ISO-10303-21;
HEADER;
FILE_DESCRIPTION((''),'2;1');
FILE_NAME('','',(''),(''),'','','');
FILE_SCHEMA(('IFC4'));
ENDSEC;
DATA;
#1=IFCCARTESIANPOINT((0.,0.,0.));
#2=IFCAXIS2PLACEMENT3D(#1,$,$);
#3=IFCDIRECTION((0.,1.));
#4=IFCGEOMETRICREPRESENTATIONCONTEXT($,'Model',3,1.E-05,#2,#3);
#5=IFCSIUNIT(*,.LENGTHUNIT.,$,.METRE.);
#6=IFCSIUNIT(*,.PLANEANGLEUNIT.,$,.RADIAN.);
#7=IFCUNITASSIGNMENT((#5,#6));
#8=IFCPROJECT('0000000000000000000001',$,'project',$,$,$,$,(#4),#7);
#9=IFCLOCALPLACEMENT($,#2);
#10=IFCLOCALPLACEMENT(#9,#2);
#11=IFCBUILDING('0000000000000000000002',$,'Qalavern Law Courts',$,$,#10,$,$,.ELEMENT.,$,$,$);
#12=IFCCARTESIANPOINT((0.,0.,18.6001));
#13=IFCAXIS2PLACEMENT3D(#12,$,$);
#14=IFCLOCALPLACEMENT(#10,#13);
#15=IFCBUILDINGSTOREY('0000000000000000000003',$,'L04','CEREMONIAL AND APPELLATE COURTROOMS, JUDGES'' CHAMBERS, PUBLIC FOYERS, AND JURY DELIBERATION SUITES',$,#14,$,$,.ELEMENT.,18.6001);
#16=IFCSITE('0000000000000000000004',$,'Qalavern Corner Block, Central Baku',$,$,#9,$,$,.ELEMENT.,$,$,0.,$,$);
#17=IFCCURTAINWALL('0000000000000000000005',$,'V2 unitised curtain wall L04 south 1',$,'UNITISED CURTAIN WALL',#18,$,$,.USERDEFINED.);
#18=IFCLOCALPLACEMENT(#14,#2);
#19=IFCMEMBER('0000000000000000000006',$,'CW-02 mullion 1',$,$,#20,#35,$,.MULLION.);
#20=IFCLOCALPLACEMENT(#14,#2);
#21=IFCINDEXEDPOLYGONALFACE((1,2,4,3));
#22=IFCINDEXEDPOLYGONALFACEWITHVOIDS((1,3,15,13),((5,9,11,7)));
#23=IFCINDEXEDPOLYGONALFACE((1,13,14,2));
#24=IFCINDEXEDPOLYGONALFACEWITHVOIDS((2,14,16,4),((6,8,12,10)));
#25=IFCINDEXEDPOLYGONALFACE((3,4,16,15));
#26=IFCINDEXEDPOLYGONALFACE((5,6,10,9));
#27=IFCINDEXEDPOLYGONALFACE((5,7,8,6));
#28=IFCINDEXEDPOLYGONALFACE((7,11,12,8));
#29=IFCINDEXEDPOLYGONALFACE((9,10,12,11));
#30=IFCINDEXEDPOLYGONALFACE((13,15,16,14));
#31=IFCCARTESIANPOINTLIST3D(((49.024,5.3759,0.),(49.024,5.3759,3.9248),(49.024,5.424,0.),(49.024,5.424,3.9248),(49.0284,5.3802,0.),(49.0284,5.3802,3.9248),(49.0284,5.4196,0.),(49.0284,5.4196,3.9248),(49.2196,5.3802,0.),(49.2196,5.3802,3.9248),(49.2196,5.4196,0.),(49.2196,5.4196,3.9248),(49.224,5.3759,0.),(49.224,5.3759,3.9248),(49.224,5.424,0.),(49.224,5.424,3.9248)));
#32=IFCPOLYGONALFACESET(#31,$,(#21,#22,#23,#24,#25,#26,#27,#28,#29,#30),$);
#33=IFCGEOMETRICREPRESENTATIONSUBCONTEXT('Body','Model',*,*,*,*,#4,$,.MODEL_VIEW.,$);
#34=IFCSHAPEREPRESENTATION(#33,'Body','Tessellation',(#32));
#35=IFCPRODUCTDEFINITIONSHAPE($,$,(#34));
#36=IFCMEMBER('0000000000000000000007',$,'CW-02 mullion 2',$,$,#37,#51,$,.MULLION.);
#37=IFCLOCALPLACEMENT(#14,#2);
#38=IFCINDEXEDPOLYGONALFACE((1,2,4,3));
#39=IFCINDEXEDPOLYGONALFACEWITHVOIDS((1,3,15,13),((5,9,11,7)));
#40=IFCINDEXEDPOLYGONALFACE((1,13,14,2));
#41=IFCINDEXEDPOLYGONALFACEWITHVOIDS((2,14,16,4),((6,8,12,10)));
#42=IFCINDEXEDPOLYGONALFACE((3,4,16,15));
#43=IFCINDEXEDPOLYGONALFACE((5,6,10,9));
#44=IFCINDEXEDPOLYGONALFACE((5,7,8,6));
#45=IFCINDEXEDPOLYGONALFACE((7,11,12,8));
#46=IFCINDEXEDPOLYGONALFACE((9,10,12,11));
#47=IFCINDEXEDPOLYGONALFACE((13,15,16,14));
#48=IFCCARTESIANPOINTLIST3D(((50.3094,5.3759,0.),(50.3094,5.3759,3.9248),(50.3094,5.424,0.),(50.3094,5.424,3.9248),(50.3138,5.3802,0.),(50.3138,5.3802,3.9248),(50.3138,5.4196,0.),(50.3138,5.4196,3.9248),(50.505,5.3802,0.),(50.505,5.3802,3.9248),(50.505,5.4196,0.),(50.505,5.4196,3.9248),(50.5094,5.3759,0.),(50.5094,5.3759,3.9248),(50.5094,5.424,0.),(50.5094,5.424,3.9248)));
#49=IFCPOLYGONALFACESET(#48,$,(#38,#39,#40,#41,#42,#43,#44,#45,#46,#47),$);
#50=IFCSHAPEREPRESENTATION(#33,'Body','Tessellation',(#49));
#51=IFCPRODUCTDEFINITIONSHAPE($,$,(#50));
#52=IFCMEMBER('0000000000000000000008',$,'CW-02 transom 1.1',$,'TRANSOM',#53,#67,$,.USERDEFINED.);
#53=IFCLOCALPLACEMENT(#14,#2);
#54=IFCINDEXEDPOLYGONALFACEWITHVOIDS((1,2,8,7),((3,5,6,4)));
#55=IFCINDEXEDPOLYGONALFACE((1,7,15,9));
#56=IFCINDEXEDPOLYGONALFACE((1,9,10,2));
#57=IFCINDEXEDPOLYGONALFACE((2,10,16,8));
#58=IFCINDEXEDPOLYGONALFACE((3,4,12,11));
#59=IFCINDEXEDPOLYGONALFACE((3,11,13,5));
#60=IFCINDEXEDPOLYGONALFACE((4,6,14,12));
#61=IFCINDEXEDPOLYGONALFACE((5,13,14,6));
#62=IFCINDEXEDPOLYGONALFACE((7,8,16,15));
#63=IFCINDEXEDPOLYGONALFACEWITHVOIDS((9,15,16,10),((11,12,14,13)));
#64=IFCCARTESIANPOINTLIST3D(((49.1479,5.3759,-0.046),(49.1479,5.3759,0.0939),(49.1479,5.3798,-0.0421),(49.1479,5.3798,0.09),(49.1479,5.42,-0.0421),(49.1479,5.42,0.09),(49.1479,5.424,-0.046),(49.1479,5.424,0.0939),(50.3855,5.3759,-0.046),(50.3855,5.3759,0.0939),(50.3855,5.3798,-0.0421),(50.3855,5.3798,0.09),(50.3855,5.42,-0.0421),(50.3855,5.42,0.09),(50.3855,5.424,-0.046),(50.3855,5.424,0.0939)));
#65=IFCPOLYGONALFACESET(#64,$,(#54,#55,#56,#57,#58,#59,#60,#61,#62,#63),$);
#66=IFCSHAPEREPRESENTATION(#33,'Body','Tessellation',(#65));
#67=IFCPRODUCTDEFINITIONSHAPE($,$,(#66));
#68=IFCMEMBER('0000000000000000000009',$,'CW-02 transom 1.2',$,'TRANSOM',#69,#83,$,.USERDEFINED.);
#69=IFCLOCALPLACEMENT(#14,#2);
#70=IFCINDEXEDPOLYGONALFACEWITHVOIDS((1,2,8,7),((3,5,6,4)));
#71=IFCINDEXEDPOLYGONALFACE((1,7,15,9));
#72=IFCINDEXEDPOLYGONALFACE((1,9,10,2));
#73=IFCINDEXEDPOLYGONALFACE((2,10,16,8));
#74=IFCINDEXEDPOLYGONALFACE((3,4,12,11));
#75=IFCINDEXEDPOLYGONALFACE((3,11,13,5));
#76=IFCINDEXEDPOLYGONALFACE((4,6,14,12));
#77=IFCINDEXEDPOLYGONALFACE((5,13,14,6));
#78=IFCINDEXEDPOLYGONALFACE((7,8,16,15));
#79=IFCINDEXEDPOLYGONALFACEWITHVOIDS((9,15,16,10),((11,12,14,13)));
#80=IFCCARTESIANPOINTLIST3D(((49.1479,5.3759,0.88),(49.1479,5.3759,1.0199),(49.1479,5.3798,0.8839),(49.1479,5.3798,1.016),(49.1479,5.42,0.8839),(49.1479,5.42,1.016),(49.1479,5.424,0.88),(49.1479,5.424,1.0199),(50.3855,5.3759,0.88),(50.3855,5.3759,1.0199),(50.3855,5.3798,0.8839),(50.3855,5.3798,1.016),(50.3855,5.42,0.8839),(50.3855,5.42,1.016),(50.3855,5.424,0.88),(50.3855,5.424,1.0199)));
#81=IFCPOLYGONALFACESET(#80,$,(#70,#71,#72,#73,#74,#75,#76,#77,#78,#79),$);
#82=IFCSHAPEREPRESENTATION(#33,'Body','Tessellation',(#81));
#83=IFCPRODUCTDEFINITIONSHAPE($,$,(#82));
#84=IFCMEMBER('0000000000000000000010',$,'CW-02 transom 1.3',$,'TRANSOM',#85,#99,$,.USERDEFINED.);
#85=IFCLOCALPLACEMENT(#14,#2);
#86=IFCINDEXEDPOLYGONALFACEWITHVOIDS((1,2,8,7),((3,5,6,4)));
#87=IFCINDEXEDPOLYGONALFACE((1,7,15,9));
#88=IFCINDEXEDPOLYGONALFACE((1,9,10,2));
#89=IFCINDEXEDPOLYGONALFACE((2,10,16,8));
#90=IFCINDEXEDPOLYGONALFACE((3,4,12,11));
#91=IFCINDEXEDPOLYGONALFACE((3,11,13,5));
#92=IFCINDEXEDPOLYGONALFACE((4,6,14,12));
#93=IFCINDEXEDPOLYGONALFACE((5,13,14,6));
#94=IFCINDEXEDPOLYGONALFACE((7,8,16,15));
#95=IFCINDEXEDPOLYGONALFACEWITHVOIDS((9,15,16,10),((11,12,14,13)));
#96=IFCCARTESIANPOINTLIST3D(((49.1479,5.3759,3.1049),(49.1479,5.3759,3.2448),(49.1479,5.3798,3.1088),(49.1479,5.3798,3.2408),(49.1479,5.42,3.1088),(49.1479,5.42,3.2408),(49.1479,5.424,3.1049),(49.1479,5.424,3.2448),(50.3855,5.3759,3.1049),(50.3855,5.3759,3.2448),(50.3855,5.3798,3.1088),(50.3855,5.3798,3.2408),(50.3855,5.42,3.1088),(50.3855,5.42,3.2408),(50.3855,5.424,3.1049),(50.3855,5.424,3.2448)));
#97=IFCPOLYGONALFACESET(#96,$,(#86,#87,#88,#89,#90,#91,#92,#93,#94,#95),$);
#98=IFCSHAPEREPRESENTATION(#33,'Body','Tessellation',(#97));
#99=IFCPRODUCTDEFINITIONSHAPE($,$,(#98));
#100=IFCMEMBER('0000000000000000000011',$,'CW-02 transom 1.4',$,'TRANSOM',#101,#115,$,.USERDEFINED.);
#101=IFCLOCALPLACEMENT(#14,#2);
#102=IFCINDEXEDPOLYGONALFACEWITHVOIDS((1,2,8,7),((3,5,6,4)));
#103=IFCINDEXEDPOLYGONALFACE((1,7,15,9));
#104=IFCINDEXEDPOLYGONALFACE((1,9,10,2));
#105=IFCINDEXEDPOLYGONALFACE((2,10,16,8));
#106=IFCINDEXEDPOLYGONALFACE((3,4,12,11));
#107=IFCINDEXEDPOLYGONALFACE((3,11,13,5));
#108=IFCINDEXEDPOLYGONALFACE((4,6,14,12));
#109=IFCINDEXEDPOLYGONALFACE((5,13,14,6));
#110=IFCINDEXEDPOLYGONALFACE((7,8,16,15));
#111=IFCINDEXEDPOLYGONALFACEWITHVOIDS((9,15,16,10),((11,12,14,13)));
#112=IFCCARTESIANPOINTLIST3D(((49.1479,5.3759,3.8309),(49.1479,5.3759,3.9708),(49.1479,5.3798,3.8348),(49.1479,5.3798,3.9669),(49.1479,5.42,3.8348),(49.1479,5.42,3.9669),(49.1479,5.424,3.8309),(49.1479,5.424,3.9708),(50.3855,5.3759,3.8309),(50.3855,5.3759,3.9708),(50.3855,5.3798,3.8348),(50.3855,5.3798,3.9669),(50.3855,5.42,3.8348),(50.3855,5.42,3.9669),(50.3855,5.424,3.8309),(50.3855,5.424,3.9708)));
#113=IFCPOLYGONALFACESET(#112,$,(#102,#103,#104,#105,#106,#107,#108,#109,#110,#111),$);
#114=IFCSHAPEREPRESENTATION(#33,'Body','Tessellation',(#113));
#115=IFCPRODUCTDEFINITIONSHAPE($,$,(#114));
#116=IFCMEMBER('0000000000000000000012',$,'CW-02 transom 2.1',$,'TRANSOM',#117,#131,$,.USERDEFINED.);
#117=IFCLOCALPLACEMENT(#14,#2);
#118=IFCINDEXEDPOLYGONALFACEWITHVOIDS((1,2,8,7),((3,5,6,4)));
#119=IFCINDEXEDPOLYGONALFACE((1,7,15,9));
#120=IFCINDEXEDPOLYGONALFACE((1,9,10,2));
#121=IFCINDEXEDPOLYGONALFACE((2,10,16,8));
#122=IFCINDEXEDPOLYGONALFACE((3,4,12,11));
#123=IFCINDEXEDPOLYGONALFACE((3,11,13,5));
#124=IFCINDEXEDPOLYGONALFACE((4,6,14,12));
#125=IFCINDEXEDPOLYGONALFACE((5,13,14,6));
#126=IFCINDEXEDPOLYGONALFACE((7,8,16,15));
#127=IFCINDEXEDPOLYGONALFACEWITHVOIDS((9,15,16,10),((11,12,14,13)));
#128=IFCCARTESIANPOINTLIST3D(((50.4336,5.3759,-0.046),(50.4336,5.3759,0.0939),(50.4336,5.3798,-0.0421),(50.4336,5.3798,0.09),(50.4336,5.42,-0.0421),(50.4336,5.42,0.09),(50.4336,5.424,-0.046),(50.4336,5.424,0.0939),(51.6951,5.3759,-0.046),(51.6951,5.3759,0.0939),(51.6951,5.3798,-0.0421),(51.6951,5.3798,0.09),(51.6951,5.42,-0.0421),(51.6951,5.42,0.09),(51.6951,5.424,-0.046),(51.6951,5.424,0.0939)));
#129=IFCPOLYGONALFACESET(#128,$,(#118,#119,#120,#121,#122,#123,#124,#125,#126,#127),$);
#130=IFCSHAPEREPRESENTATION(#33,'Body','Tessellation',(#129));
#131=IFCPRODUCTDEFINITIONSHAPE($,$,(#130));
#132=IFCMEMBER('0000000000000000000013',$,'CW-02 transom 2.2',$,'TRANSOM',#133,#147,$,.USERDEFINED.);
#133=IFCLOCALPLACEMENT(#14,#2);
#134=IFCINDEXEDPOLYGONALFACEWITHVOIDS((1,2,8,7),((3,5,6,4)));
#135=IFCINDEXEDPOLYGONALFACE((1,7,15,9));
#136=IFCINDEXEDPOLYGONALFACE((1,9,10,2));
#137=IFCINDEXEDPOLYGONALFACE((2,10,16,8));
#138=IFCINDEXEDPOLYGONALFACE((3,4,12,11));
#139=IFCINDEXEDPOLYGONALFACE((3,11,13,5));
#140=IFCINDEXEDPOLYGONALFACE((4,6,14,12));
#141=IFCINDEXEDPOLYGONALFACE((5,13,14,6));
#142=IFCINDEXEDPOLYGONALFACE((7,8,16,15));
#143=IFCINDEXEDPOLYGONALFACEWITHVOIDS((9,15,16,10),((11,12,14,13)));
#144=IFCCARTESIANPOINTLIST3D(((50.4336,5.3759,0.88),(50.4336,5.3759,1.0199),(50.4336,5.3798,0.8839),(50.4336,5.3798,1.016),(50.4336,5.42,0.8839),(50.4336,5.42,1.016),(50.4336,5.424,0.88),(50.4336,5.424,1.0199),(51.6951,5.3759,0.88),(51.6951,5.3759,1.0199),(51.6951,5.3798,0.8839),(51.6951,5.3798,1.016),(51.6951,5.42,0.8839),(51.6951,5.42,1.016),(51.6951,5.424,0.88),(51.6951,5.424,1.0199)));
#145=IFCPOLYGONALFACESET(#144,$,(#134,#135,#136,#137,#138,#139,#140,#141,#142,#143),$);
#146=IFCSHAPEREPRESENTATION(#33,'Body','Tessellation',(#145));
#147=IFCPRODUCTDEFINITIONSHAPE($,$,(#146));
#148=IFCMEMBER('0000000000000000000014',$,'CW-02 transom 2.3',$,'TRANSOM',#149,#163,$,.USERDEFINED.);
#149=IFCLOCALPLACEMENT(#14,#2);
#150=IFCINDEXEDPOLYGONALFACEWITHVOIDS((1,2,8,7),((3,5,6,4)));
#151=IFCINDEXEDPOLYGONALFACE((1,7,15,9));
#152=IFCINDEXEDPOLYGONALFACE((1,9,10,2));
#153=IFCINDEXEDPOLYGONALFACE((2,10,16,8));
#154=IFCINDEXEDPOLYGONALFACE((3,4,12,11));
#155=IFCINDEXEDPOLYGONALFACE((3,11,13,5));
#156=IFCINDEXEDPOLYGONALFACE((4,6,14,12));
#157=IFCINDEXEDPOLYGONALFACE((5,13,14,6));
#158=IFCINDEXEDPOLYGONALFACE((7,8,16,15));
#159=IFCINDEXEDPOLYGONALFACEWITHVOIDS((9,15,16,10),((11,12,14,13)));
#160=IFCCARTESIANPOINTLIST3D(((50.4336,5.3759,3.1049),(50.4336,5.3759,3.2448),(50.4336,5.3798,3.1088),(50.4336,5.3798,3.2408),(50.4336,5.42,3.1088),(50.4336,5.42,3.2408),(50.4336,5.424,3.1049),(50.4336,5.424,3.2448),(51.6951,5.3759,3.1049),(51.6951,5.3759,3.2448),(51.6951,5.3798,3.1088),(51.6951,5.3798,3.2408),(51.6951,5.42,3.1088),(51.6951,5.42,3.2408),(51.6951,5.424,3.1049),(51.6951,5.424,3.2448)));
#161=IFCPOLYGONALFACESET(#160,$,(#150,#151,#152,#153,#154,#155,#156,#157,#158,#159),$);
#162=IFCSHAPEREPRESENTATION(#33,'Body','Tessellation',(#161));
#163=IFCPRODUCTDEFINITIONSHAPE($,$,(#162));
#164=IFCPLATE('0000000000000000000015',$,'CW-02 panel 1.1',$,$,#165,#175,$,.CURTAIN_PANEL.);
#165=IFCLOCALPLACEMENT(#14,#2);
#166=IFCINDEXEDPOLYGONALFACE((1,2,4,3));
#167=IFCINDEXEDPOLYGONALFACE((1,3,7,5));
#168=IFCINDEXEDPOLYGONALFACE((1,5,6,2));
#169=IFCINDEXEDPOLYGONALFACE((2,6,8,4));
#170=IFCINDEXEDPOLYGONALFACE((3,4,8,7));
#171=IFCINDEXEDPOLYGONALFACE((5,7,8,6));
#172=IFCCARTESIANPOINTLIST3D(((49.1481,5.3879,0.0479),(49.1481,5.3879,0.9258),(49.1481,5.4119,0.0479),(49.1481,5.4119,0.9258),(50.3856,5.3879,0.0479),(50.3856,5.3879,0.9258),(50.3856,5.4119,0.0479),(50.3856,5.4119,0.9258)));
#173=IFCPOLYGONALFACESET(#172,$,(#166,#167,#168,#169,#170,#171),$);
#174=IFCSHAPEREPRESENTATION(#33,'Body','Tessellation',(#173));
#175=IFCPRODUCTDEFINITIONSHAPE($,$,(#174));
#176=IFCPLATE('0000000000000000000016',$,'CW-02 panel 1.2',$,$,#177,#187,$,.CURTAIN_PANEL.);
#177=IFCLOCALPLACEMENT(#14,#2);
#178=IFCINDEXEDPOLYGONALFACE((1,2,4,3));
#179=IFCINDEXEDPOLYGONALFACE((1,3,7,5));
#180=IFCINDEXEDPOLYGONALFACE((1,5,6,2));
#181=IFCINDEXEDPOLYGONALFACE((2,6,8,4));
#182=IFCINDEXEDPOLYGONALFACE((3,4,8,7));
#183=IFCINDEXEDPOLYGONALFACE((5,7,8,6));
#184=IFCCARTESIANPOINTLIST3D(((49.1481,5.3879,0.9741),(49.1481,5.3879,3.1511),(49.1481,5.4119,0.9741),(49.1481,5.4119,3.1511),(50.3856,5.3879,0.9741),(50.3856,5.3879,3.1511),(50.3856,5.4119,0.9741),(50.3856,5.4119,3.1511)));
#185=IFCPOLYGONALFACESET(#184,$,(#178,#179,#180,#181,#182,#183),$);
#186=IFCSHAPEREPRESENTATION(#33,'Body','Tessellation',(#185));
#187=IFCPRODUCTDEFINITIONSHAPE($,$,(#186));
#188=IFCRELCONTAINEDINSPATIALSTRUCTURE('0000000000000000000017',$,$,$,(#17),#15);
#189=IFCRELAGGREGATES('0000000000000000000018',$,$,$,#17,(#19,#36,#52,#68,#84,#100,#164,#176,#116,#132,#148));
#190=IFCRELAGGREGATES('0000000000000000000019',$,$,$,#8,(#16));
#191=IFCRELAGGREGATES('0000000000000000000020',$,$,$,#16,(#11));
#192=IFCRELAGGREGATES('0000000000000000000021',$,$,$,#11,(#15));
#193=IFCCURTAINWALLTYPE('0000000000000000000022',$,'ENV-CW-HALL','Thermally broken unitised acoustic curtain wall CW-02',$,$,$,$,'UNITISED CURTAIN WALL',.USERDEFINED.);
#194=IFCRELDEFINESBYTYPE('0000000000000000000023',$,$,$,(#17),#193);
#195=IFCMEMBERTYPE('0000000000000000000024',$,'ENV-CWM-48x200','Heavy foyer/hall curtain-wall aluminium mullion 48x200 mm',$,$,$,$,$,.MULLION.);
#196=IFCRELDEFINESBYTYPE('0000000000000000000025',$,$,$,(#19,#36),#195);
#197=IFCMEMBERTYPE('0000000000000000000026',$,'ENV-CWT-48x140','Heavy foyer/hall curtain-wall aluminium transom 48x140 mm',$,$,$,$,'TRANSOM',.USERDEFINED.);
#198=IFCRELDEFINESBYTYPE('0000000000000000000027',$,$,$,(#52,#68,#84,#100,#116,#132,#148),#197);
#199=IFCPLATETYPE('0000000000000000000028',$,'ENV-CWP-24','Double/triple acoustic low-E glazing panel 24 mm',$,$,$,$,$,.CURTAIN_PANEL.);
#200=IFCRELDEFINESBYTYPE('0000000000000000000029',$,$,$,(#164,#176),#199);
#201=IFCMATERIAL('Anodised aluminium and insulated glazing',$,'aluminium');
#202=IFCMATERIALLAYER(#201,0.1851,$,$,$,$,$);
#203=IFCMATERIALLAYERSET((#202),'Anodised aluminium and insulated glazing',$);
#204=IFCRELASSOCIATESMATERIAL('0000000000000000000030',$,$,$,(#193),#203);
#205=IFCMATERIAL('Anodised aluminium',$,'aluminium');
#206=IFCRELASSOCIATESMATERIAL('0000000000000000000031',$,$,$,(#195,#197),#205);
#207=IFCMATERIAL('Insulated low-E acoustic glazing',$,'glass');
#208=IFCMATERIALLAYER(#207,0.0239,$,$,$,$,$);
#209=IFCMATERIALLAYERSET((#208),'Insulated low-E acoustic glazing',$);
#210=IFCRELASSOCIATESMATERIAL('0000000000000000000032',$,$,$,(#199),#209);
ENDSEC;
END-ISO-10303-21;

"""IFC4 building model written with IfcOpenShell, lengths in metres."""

from ifc_helpers import new_model, si_unit, direction, frame, origin, origin_2d, place, context, subcontext, project, spatial, rectangle, hollow_rectangle, extrude, material, layer, layer_set, material_profile, profile_set, type_object, element, aggregate, save


model = new_model("IFC4")

# Units and contexts
model_context = context("Model", 3, precision=1e-05, world=origin(), true_north=direction((0.0, 1.0)))
body_context = subcontext(model_context, "Body", "Model", "MODEL_VIEW")
ifc_project = project(units=[si_unit("LENGTHUNIT", "METRE"), si_unit("PLANEANGLEUNIT", "RADIAN")], contexts=[model_context])

# Site, building, storey
site_placement = place(None, origin())
site = spatial("IfcSite", under=ifc_project, at=site_placement, Name="Qalavern Corner Block, Central Baku", CompositionType="ELEMENT", RefElevation=0.0)
building_placement = place(site_placement, origin())
building = spatial("IfcBuilding", under=site, at=building_placement, Name="Qalavern Law Courts", CompositionType="ELEMENT")
storey_placement = place(building_placement, frame((0.0, 0.0, 18.6001)))
storey = spatial("IfcBuildingStorey", under=building, at=storey_placement, Name="L04", Description="CEREMONIAL AND APPELLATE COURTROOMS, JUDGES' CHAMBERS, PUBLIC FOYERS, AND JURY DELIBERATION SUITES", CompositionType="ELEMENT", Elevation=18.6001)

# Curtain wall, members, plates
ifc_material_1 = material(Name="Anodised aluminium and insulated glazing", Category="aluminium")
ifc_layer_1 = layer(ifc_material_1, 0.1851)
ifc_layer_set_1 = layer_set([ifc_layer_1], Name="Anodised aluminium and insulated glazing")
curtain_wall_type = type_object("IfcCurtainWallType", Name="ENV-CW-HALL", Description="Thermally broken unitised acoustic curtain wall CW-02", ElementType="UNITISED CURTAIN WALL", PredefinedType="USERDEFINED", material=ifc_layer_set_1)
curtain_wall_placement = place(storey_placement, origin())
curtain_wall = element("IfcCurtainWall", 1, at=curtain_wall_placement, inside=storey, type_object=curtain_wall_type, Name="V2 unitised curtain wall L04 south 1", ObjectType="UNITISED CURTAIN WALL", PredefinedType="USERDEFINED")
ifc_material_2 = material(Name="Anodised aluminium", Category="aluminium")
ifc_material_profile_1 = material_profile(ifc_material_2, hollow_rectangle(XDim=0.0481, YDim=0.2, WallThickness=0.0044, at=origin_2d()), Name="ALU MULLION 48x200")
ifc_profile_set_1 = profile_set([ifc_material_profile_1], Name="Anodised aluminium")
member_type_1 = type_object("IfcMemberType", Name="ENV-CWM-48x200", Description="Heavy foyer/hall curtain-wall aluminium mullion 48x200 mm", PredefinedType="MULLION", material=ifc_profile_set_1)
member_1_placement = place(storey_placement, frame((49.124, 5.3999, 0.0), z_axis=(0.0, 0.0, 1.0), x_axis=(0.0, 1.0, 0.0)))
member_1 = element("IfcMember", 2, at=member_1_placement, type_object=member_type_1, Name="CW-02 mullion 1", PredefinedType="MULLION", context=body_context, shape_type="SweptSolid", body=[
    extrude(hollow_rectangle(XDim=0.0481, YDim=0.2, WallThickness=0.0044, at=origin_2d()), origin(), (0.0, 0.0, 1.0), 3.9248),
])
member_2_placement = place(storey_placement, frame((50.4094, 5.3999, 0.0), z_axis=(0.0, 0.0, 1.0), x_axis=(0.0, 1.0, 0.0)))
member_2 = element("IfcMember", 3, at=member_2_placement, type_object=member_type_1, Name="CW-02 mullion 2", PredefinedType="MULLION", context=body_context, shape_type="SweptSolid", body=[
    extrude(hollow_rectangle(XDim=0.0481, YDim=0.2, WallThickness=0.0044, at=origin_2d()), origin(), (0.0, 0.0, 1.0), 3.9248),
])
ifc_material_profile_2 = material_profile(ifc_material_2, hollow_rectangle(XDim=0.0481, YDim=0.1399, WallThickness=0.0039, at=origin_2d()), Name="ALU TRANSOM 48x140")
ifc_profile_set_2 = profile_set([ifc_material_profile_2], Name="Anodised aluminium")
member_type_2 = type_object("IfcMemberType", Name="ENV-CWT-48x140", Description="Heavy foyer/hall curtain-wall aluminium transom 48x140 mm", ElementType="TRANSOM", PredefinedType="USERDEFINED", material=ifc_profile_set_2)
member_3_placement = place(storey_placement, frame((49.1479, 5.3999, 0.0239), z_axis=(1.0, 0.0, 0.0), x_axis=(0.0, 1.0, 0.0)))
member_3 = element("IfcMember", 4, at=member_3_placement, type_object=member_type_2, Name="CW-02 transom 1.1", ObjectType="TRANSOM", PredefinedType="USERDEFINED", context=body_context, shape_type="SweptSolid", body=[
    extrude(hollow_rectangle(XDim=0.0481, YDim=0.1399, WallThickness=0.0039, at=origin_2d()), origin(), (0.0, 0.0, 1.0), 1.2375),
])
member_4_placement = place(storey_placement, frame((49.1479, 5.3999, 0.95), z_axis=(1.0, 0.0, 0.0), x_axis=(0.0, 1.0, 0.0)))
member_4 = element("IfcMember", 5, at=member_4_placement, type_object=member_type_2, Name="CW-02 transom 1.2", ObjectType="TRANSOM", PredefinedType="USERDEFINED", context=body_context, shape_type="SweptSolid", body=[
    extrude(hollow_rectangle(XDim=0.0481, YDim=0.1399, WallThickness=0.0039, at=origin_2d()), origin(), (0.0, 0.0, 1.0), 1.2375),
])
member_5_placement = place(storey_placement, frame((49.1479, 5.3999, 3.1748), z_axis=(1.0, 0.0, 0.0), x_axis=(0.0, 1.0, 0.0)))
member_5 = element("IfcMember", 6, at=member_5_placement, type_object=member_type_2, Name="CW-02 transom 1.3", ObjectType="TRANSOM", PredefinedType="USERDEFINED", context=body_context, shape_type="SweptSolid", body=[
    extrude(hollow_rectangle(XDim=0.0481, YDim=0.1399, WallThickness=0.0039, at=origin_2d()), origin(), (0.0, 0.0, 1.0), 1.2375),
])
member_6_placement = place(storey_placement, frame((49.1479, 5.3999, 3.9009), z_axis=(1.0, 0.0, 0.0), x_axis=(0.0, 1.0, 0.0)))
member_6 = element("IfcMember", 7, at=member_6_placement, type_object=member_type_2, Name="CW-02 transom 1.4", ObjectType="TRANSOM", PredefinedType="USERDEFINED", context=body_context, shape_type="SweptSolid", body=[
    extrude(hollow_rectangle(XDim=0.0481, YDim=0.1399, WallThickness=0.0039, at=origin_2d()), origin(), (0.0, 0.0, 1.0), 1.2375),
])
member_7_placement = place(storey_placement, frame((50.4336, 5.3999, 0.0239), z_axis=(1.0, 0.0, 0.0), x_axis=(0.0, 1.0, 0.0)))
member_7 = element("IfcMember", 8, at=member_7_placement, type_object=member_type_2, Name="CW-02 transom 2.1", ObjectType="TRANSOM", PredefinedType="USERDEFINED", context=body_context, shape_type="SweptSolid", body=[
    extrude(hollow_rectangle(XDim=0.0481, YDim=0.1399, WallThickness=0.0039, at=origin_2d()), origin(), (0.0, 0.0, 1.0), 1.2615),
])
member_8_placement = place(storey_placement, frame((50.4336, 5.3999, 0.95), z_axis=(1.0, 0.0, 0.0), x_axis=(0.0, 1.0, 0.0)))
member_8 = element("IfcMember", 9, at=member_8_placement, type_object=member_type_2, Name="CW-02 transom 2.2", ObjectType="TRANSOM", PredefinedType="USERDEFINED", context=body_context, shape_type="SweptSolid", body=[
    extrude(hollow_rectangle(XDim=0.0481, YDim=0.1399, WallThickness=0.0039, at=origin_2d()), origin(), (0.0, 0.0, 1.0), 1.2615),
])
member_9_placement = place(storey_placement, frame((50.4336, 5.3999, 3.1748), z_axis=(1.0, 0.0, 0.0), x_axis=(0.0, 1.0, 0.0)))
member_9 = element("IfcMember", 10, at=member_9_placement, type_object=member_type_2, Name="CW-02 transom 2.3", ObjectType="TRANSOM", PredefinedType="USERDEFINED", context=body_context, shape_type="SweptSolid", body=[
    extrude(hollow_rectangle(XDim=0.0481, YDim=0.1399, WallThickness=0.0039, at=origin_2d()), origin(), (0.0, 0.0, 1.0), 1.2615),
])
ifc_material_3 = material(Name="Insulated low-E acoustic glazing", Category="glass")
ifc_layer_2 = layer(ifc_material_3, 0.0239)
ifc_layer_set_2 = layer_set([ifc_layer_2], Name="Insulated low-E acoustic glazing")
plate_type = type_object("IfcPlateType", Name="ENV-CWP-24", Description="Double/triple acoustic low-E glazing panel 24 mm", PredefinedType="CURTAIN_PANEL", material=ifc_layer_set_2)
plate_1_placement = place(storey_placement, frame((49.7668, 5.3999, 0.0479), z_axis=(0.0, 0.0, 1.0), x_axis=(1.0, 0.0, 0.0)))
plate_1 = element("IfcPlate", 11, at=plate_1_placement, type_object=plate_type, Name="CW-02 panel 1.1", PredefinedType="CURTAIN_PANEL", context=body_context, shape_type="SweptSolid", body=[
    extrude(rectangle(XDim=1.2375, YDim=0.0239, at=origin_2d()), origin(), (0.0, 0.0, 1.0), 0.8779),
])
plate_2_placement = place(storey_placement, frame((49.7668, 5.3999, 0.9741), z_axis=(0.0, 0.0, 1.0), x_axis=(1.0, 0.0, 0.0)))
plate_2 = element("IfcPlate", 12, at=plate_2_placement, type_object=plate_type, Name="CW-02 panel 1.2", PredefinedType="CURTAIN_PANEL", context=body_context, shape_type="SweptSolid", body=[
    extrude(rectangle(XDim=1.2375, YDim=0.0239, at=origin_2d()), origin(), (0.0, 0.0, 1.0), 2.177),
])
aggregate(curtain_wall, [member_1, member_2, member_3, member_4, member_5, member_6, plate_1, plate_2, member_7, member_8, member_9])

save(model, "model.ifc")
